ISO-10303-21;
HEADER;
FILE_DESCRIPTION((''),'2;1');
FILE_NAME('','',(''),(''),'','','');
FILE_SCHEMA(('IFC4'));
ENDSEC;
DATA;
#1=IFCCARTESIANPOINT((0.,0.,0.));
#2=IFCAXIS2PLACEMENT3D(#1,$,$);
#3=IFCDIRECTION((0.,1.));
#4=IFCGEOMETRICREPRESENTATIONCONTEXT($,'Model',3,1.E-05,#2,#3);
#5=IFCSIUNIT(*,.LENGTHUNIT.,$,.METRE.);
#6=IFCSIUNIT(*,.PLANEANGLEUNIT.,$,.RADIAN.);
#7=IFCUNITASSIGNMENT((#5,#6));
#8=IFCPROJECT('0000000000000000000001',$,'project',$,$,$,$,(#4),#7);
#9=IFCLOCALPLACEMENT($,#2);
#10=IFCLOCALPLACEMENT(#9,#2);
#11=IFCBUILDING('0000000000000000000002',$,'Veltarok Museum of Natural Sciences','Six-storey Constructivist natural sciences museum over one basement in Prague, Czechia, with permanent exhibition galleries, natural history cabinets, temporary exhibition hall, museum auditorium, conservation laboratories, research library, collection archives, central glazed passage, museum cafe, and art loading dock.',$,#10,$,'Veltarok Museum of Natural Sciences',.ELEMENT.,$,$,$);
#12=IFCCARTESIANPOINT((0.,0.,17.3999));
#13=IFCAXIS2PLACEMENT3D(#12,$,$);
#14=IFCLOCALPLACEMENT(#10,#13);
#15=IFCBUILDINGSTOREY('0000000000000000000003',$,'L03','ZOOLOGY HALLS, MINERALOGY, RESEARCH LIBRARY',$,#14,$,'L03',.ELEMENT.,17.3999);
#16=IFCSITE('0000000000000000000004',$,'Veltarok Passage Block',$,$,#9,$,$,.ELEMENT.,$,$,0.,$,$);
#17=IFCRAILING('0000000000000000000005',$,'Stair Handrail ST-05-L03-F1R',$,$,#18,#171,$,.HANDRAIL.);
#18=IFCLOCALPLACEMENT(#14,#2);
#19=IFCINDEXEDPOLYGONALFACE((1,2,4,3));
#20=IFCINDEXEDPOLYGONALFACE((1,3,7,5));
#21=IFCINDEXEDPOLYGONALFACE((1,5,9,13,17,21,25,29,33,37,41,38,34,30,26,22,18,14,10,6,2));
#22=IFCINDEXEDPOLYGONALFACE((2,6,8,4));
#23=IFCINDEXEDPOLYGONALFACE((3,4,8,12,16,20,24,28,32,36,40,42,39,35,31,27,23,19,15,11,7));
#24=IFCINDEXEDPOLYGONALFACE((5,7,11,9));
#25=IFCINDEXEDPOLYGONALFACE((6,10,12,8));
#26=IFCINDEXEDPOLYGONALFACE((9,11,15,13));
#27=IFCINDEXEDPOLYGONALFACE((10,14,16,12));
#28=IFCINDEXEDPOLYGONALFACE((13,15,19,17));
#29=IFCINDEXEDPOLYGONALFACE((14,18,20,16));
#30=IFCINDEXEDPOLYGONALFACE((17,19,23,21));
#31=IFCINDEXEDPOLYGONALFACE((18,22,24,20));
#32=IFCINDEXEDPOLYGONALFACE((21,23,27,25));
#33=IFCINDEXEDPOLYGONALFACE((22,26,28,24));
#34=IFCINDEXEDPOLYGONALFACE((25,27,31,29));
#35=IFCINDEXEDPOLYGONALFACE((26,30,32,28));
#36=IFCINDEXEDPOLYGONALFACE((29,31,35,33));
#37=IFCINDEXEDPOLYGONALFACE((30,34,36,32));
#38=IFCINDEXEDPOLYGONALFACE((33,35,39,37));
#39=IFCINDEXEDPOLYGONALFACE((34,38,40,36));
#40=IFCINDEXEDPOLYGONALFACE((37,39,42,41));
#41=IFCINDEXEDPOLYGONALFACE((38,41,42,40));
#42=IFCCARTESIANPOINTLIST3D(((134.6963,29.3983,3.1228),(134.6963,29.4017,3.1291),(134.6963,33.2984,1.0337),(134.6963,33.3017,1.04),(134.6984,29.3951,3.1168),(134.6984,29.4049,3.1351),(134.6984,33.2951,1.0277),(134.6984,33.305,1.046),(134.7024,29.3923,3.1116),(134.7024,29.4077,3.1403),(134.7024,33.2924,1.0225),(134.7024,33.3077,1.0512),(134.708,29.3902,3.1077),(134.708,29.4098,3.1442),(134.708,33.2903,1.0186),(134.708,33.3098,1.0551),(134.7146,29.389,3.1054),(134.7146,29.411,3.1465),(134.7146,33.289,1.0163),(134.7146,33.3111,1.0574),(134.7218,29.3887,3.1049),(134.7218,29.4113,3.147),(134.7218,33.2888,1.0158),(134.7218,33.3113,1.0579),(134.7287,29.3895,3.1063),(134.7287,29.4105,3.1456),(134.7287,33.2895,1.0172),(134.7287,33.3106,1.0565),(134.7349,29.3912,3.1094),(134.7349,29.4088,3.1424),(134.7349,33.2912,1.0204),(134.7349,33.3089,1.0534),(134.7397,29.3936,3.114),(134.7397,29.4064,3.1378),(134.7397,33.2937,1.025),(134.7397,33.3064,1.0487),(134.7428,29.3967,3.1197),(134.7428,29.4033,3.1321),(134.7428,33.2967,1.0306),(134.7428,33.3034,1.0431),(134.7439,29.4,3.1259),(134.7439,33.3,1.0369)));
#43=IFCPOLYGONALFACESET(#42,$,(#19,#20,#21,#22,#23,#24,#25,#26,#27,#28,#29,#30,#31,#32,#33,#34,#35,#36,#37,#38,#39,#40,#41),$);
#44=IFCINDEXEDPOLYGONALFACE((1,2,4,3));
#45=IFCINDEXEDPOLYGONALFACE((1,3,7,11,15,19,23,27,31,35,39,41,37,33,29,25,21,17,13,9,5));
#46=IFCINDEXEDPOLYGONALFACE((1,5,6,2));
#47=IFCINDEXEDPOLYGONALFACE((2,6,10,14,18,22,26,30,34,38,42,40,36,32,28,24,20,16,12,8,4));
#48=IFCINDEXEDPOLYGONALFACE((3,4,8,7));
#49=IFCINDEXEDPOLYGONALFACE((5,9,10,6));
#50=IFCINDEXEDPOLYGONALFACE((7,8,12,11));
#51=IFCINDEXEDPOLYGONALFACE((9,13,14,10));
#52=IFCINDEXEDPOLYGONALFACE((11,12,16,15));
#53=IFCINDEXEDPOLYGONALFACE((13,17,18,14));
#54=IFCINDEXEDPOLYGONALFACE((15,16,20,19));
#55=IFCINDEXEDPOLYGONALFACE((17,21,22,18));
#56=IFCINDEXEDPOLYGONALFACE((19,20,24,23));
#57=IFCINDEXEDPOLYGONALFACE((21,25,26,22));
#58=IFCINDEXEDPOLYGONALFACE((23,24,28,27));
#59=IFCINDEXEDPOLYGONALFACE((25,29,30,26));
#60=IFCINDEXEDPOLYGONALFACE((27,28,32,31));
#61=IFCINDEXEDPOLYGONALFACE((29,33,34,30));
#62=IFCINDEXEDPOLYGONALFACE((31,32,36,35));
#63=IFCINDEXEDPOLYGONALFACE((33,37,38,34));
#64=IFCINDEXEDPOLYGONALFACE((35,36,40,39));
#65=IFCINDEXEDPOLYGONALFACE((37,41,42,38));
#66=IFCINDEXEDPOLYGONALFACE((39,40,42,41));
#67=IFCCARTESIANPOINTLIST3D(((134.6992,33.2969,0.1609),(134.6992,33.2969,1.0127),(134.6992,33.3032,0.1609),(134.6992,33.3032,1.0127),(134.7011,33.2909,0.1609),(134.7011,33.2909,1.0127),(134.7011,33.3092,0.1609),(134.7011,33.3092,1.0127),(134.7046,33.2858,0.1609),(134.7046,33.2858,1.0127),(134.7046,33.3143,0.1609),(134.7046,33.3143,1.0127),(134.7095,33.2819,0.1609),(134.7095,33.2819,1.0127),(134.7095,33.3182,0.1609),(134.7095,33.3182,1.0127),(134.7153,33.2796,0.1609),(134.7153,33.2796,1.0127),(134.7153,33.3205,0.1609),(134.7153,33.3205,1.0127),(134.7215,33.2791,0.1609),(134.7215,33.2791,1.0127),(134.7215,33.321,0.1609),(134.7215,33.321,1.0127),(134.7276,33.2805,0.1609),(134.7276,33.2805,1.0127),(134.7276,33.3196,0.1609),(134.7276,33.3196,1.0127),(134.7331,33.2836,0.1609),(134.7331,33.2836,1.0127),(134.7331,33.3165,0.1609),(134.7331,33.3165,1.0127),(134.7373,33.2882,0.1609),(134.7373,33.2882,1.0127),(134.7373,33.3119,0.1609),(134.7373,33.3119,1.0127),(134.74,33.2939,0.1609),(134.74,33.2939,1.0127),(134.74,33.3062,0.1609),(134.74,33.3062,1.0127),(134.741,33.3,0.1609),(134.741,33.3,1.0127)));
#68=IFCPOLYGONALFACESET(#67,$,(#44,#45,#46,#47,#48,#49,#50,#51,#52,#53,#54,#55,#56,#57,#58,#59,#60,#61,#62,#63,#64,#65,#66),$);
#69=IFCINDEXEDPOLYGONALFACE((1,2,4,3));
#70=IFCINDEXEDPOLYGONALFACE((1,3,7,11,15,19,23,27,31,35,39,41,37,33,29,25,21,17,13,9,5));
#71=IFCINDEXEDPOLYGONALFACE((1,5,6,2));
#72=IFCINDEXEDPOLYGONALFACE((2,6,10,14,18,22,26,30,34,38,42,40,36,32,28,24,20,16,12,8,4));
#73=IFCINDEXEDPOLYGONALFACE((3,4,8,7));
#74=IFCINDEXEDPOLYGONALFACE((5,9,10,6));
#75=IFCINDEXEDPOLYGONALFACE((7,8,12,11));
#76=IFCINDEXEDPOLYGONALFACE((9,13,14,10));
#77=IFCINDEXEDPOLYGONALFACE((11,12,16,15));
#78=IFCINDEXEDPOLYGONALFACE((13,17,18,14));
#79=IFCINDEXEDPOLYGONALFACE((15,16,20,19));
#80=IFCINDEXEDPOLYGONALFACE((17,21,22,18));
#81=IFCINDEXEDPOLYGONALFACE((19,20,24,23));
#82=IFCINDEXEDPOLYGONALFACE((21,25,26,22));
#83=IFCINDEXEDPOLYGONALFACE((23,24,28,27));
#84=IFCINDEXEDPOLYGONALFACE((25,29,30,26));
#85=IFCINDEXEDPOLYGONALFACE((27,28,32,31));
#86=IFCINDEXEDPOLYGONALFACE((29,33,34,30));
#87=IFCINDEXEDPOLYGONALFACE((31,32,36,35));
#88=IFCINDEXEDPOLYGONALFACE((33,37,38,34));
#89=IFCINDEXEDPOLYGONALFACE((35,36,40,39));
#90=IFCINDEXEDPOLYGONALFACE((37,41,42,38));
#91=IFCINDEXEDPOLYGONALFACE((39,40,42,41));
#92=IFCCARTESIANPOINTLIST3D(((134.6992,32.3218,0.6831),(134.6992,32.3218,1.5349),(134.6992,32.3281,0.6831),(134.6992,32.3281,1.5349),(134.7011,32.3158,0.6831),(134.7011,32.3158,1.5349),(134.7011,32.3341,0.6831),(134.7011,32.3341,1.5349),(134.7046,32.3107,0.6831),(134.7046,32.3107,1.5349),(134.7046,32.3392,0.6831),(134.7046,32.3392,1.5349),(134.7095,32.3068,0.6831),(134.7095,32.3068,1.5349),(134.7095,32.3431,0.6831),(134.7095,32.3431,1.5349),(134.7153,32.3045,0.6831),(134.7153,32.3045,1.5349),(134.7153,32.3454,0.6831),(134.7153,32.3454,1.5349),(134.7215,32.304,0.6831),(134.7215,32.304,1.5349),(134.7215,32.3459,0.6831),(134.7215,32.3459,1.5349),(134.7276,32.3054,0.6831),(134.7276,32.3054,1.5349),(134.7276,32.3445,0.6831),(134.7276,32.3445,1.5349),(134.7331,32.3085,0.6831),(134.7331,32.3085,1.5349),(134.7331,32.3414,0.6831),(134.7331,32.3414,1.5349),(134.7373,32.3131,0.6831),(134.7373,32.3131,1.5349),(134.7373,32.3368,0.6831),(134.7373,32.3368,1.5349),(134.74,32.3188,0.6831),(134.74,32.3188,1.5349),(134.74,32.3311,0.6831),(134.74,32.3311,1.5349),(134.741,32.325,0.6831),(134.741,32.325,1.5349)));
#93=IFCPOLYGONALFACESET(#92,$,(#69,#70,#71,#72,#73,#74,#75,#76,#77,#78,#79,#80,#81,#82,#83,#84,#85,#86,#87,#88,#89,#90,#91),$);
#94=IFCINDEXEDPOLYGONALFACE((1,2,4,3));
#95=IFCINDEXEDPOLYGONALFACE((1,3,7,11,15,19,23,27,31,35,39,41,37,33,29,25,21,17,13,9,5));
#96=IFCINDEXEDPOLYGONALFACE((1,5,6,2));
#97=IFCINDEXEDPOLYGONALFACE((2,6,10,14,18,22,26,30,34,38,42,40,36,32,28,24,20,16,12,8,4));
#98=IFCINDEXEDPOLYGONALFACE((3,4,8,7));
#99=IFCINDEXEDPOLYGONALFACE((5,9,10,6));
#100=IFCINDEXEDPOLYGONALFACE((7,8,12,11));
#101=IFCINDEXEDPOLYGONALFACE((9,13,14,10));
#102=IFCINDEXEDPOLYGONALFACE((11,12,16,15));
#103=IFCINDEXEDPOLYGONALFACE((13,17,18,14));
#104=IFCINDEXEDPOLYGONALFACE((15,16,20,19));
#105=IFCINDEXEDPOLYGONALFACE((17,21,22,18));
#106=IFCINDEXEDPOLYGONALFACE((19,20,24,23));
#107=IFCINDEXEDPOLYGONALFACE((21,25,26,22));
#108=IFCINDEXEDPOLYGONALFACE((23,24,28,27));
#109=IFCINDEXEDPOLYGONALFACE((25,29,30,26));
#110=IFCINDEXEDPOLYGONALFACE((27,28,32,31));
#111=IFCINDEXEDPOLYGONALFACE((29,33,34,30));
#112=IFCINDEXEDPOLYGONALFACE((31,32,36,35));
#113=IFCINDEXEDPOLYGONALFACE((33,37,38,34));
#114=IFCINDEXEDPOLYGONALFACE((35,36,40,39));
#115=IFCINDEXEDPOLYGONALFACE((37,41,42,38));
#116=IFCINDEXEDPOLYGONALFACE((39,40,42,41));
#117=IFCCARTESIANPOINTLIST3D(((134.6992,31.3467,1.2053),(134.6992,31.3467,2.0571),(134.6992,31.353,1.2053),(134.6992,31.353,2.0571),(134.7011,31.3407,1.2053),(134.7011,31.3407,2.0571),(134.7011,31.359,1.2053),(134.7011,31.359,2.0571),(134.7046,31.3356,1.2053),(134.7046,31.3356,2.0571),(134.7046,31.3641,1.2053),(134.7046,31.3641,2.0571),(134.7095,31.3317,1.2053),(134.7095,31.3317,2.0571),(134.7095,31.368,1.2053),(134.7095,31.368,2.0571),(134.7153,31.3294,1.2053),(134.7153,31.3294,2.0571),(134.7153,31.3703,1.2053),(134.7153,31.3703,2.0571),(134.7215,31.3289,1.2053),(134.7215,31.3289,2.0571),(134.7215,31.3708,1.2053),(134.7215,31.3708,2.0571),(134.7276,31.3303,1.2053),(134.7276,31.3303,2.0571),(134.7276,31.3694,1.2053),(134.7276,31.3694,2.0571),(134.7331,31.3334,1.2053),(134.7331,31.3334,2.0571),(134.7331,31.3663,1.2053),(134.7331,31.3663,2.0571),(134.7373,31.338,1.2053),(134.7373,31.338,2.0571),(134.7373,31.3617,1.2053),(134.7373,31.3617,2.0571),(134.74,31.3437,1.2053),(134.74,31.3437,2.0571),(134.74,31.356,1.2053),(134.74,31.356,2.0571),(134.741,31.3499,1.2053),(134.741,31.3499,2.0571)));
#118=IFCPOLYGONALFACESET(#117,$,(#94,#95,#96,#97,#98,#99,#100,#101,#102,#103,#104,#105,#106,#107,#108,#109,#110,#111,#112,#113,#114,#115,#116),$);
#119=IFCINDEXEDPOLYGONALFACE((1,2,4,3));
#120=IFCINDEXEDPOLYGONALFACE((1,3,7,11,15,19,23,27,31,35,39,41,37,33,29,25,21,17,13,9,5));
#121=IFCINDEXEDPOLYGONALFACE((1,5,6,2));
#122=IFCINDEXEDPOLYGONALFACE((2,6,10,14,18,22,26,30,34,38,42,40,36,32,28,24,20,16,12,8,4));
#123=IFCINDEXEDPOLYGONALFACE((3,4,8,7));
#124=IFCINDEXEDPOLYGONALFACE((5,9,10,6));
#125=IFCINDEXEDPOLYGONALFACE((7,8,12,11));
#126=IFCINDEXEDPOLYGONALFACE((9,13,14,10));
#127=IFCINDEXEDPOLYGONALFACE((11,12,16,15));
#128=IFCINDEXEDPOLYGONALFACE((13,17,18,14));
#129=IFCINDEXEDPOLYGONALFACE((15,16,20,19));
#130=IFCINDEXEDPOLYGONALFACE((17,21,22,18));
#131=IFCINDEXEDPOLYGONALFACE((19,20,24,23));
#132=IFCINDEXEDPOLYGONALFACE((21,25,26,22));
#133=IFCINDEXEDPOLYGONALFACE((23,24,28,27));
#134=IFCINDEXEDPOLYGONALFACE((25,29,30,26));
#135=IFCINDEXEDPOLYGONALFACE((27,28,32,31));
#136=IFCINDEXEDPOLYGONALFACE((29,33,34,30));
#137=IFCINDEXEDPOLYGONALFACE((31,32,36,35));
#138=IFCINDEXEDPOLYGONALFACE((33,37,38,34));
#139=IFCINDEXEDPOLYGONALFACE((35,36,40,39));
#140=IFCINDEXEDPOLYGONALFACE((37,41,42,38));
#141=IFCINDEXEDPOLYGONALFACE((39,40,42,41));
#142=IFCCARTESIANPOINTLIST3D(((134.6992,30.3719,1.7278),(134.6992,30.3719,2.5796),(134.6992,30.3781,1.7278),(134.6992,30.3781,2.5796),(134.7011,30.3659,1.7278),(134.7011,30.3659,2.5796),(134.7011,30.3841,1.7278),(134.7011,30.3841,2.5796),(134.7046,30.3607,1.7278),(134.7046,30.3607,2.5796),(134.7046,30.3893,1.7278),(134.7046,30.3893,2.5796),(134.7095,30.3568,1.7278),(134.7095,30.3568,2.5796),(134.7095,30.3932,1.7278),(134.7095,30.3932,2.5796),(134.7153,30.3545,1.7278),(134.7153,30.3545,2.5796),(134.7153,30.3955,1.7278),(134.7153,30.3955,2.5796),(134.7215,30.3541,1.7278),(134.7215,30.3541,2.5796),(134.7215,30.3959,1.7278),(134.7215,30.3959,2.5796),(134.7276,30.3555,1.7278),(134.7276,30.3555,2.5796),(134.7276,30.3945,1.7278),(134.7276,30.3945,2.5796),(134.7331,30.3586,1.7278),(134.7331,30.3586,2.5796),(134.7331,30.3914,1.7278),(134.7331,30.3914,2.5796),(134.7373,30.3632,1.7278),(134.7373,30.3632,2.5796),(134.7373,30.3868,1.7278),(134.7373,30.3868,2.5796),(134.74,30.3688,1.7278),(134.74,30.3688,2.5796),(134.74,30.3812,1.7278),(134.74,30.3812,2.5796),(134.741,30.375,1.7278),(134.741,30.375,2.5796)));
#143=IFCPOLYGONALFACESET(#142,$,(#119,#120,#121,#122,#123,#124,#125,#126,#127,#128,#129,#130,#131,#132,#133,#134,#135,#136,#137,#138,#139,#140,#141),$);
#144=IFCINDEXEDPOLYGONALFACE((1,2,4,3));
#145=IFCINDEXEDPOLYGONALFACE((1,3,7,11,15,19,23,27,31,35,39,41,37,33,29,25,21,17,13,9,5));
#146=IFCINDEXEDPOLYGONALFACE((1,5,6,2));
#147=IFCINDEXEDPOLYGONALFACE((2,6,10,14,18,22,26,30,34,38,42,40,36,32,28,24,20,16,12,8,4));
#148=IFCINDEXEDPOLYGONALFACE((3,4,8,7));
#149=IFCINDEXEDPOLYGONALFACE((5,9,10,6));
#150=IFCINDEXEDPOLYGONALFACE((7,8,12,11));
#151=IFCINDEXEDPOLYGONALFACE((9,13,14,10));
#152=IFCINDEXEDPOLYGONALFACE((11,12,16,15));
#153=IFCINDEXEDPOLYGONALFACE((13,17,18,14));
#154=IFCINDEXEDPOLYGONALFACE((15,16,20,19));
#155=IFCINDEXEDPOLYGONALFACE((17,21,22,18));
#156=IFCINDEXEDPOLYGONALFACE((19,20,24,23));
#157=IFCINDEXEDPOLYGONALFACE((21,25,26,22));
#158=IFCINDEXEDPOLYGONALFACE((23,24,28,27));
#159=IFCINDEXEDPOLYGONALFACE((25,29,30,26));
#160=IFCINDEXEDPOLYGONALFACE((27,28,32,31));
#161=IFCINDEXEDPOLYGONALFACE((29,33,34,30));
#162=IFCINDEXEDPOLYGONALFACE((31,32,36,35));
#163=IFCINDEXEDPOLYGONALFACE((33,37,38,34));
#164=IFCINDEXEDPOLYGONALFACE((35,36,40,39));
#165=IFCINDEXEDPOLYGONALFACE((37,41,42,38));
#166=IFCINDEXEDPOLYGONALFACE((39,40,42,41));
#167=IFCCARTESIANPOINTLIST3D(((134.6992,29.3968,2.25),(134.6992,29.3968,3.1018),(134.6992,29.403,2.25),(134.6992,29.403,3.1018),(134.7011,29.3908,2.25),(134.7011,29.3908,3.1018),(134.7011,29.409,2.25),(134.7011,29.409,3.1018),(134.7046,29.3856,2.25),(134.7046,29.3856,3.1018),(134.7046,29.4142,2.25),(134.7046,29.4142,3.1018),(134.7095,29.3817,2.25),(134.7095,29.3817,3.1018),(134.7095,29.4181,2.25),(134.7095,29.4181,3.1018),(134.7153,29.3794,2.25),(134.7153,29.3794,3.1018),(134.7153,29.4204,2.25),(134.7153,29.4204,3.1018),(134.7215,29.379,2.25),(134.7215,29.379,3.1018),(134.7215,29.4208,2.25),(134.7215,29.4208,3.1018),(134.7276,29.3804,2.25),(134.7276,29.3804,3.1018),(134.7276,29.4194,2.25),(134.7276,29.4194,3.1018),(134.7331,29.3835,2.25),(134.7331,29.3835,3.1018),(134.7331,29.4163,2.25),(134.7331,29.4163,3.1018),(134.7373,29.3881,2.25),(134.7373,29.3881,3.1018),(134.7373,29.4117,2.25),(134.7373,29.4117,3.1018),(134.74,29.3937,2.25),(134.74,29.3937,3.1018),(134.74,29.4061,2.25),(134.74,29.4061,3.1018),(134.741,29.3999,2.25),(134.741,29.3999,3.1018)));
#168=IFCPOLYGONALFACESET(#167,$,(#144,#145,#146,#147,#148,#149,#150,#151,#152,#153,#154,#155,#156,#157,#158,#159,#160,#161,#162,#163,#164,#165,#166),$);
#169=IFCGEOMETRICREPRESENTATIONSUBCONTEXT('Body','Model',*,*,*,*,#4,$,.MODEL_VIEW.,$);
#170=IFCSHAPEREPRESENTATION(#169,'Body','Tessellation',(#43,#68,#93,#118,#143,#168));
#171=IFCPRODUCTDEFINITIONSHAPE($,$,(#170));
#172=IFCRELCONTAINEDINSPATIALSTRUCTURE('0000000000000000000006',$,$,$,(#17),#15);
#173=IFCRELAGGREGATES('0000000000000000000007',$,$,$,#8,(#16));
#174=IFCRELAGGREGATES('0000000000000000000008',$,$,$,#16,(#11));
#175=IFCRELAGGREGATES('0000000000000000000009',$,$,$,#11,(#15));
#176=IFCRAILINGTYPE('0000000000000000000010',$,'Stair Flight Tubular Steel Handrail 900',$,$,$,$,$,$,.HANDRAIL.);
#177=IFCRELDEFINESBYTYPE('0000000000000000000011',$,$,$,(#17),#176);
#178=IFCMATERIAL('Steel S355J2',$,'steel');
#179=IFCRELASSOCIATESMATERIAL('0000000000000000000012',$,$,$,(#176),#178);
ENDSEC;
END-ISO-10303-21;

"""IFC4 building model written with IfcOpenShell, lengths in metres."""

from ifc_helpers import new_model, si_unit, direction, frame, origin, origin_2d, place, context, subcontext, project, spatial, circle, extrude, material, type_object, element, save


model = new_model("IFC4")

# Units and contexts
model_context = context("Model", 3, precision=1e-05, world=origin(), true_north=direction((0.0, 1.0)))
body_context = subcontext(model_context, "Body", "Model", "MODEL_VIEW")
ifc_project = project(units=[si_unit("LENGTHUNIT", "METRE"), si_unit("PLANEANGLEUNIT", "RADIAN")], contexts=[model_context])

# Site, building, storey
site_placement = place(None, origin())
site = spatial("IfcSite", under=ifc_project, at=site_placement, Name="Veltarok Passage Block", CompositionType="ELEMENT", RefElevation=0.0)
building_placement = place(site_placement, origin())
building = spatial("IfcBuilding", under=site, at=building_placement, Name="Veltarok Museum of Natural Sciences", Description="Six-storey Constructivist natural sciences museum over one basement in Prague, Czechia, with permanent exhibition galleries, natural history cabinets, temporary exhibition hall, museum auditorium, conservation laboratories, research library, collection archives, central glazed passage, museum cafe, and art loading dock.", LongName="Veltarok Museum of Natural Sciences", CompositionType="ELEMENT")
storey_placement = place(building_placement, frame((0.0, 0.0, 17.3999)))
storey = spatial("IfcBuildingStorey", under=building, at=storey_placement, Name="L03", Description="ZOOLOGY HALLS, MINERALOGY, RESEARCH LIBRARY", LongName="L03", CompositionType="ELEMENT", Elevation=17.3999)

# Shared definitions
ifc_material_1 = material(Name="Steel S355J2", Category="steel")

# Railing
railing_type_1 = type_object("IfcRailingType", Name="Stair Flight Tubular Steel Handrail 900", PredefinedType="HANDRAIL", material=ifc_material_1)
for number, where, name in (
    (1, (134.72, 33.3, 0.1609), "Stair Handrail ST-05-L03-F1R"),
):
    element("IfcRailing", number, at=place(storey_placement, frame(where)), inside=storey, type_object=railing_type_1, Name=name, PredefinedType="HANDRAIL", context=body_context, shape_type="SweptSolid", body=[
        extrude(circle(Radius=0.0239, at=origin_2d()), frame((0.0, 0.0, 0.876), z_axis=(0.0, -0.881504, 0.472177), x_axis=(1.0, 0.0, 0.0)), (0.0, 0.0, 1.0), 4.4243),
        extrude(circle(Radius=0.021, at=origin_2d()), origin(), (0.0, 0.0, 1.0), 0.8518),
        extrude(circle(Radius=0.021, at=origin_2d()), frame((0.0, -0.9751, 0.5222)), (0.0, 0.0, 1.0), 0.8518),
        extrude(circle(Radius=0.021, at=origin_2d()), frame((0.0, -1.9502, 1.0444)), (0.0, 0.0, 1.0), 0.8518),
        extrude(circle(Radius=0.021, at=origin_2d()), frame((0.0, -2.925, 1.5669)), (0.0, 0.0, 1.0), 0.8518),
        extrude(circle(Radius=0.021, at=origin_2d()), frame((0.0, -3.9001, 2.0891)), (0.0, 0.0, 1.0), 0.8518),
    ])

save(model, "model.ifc")
